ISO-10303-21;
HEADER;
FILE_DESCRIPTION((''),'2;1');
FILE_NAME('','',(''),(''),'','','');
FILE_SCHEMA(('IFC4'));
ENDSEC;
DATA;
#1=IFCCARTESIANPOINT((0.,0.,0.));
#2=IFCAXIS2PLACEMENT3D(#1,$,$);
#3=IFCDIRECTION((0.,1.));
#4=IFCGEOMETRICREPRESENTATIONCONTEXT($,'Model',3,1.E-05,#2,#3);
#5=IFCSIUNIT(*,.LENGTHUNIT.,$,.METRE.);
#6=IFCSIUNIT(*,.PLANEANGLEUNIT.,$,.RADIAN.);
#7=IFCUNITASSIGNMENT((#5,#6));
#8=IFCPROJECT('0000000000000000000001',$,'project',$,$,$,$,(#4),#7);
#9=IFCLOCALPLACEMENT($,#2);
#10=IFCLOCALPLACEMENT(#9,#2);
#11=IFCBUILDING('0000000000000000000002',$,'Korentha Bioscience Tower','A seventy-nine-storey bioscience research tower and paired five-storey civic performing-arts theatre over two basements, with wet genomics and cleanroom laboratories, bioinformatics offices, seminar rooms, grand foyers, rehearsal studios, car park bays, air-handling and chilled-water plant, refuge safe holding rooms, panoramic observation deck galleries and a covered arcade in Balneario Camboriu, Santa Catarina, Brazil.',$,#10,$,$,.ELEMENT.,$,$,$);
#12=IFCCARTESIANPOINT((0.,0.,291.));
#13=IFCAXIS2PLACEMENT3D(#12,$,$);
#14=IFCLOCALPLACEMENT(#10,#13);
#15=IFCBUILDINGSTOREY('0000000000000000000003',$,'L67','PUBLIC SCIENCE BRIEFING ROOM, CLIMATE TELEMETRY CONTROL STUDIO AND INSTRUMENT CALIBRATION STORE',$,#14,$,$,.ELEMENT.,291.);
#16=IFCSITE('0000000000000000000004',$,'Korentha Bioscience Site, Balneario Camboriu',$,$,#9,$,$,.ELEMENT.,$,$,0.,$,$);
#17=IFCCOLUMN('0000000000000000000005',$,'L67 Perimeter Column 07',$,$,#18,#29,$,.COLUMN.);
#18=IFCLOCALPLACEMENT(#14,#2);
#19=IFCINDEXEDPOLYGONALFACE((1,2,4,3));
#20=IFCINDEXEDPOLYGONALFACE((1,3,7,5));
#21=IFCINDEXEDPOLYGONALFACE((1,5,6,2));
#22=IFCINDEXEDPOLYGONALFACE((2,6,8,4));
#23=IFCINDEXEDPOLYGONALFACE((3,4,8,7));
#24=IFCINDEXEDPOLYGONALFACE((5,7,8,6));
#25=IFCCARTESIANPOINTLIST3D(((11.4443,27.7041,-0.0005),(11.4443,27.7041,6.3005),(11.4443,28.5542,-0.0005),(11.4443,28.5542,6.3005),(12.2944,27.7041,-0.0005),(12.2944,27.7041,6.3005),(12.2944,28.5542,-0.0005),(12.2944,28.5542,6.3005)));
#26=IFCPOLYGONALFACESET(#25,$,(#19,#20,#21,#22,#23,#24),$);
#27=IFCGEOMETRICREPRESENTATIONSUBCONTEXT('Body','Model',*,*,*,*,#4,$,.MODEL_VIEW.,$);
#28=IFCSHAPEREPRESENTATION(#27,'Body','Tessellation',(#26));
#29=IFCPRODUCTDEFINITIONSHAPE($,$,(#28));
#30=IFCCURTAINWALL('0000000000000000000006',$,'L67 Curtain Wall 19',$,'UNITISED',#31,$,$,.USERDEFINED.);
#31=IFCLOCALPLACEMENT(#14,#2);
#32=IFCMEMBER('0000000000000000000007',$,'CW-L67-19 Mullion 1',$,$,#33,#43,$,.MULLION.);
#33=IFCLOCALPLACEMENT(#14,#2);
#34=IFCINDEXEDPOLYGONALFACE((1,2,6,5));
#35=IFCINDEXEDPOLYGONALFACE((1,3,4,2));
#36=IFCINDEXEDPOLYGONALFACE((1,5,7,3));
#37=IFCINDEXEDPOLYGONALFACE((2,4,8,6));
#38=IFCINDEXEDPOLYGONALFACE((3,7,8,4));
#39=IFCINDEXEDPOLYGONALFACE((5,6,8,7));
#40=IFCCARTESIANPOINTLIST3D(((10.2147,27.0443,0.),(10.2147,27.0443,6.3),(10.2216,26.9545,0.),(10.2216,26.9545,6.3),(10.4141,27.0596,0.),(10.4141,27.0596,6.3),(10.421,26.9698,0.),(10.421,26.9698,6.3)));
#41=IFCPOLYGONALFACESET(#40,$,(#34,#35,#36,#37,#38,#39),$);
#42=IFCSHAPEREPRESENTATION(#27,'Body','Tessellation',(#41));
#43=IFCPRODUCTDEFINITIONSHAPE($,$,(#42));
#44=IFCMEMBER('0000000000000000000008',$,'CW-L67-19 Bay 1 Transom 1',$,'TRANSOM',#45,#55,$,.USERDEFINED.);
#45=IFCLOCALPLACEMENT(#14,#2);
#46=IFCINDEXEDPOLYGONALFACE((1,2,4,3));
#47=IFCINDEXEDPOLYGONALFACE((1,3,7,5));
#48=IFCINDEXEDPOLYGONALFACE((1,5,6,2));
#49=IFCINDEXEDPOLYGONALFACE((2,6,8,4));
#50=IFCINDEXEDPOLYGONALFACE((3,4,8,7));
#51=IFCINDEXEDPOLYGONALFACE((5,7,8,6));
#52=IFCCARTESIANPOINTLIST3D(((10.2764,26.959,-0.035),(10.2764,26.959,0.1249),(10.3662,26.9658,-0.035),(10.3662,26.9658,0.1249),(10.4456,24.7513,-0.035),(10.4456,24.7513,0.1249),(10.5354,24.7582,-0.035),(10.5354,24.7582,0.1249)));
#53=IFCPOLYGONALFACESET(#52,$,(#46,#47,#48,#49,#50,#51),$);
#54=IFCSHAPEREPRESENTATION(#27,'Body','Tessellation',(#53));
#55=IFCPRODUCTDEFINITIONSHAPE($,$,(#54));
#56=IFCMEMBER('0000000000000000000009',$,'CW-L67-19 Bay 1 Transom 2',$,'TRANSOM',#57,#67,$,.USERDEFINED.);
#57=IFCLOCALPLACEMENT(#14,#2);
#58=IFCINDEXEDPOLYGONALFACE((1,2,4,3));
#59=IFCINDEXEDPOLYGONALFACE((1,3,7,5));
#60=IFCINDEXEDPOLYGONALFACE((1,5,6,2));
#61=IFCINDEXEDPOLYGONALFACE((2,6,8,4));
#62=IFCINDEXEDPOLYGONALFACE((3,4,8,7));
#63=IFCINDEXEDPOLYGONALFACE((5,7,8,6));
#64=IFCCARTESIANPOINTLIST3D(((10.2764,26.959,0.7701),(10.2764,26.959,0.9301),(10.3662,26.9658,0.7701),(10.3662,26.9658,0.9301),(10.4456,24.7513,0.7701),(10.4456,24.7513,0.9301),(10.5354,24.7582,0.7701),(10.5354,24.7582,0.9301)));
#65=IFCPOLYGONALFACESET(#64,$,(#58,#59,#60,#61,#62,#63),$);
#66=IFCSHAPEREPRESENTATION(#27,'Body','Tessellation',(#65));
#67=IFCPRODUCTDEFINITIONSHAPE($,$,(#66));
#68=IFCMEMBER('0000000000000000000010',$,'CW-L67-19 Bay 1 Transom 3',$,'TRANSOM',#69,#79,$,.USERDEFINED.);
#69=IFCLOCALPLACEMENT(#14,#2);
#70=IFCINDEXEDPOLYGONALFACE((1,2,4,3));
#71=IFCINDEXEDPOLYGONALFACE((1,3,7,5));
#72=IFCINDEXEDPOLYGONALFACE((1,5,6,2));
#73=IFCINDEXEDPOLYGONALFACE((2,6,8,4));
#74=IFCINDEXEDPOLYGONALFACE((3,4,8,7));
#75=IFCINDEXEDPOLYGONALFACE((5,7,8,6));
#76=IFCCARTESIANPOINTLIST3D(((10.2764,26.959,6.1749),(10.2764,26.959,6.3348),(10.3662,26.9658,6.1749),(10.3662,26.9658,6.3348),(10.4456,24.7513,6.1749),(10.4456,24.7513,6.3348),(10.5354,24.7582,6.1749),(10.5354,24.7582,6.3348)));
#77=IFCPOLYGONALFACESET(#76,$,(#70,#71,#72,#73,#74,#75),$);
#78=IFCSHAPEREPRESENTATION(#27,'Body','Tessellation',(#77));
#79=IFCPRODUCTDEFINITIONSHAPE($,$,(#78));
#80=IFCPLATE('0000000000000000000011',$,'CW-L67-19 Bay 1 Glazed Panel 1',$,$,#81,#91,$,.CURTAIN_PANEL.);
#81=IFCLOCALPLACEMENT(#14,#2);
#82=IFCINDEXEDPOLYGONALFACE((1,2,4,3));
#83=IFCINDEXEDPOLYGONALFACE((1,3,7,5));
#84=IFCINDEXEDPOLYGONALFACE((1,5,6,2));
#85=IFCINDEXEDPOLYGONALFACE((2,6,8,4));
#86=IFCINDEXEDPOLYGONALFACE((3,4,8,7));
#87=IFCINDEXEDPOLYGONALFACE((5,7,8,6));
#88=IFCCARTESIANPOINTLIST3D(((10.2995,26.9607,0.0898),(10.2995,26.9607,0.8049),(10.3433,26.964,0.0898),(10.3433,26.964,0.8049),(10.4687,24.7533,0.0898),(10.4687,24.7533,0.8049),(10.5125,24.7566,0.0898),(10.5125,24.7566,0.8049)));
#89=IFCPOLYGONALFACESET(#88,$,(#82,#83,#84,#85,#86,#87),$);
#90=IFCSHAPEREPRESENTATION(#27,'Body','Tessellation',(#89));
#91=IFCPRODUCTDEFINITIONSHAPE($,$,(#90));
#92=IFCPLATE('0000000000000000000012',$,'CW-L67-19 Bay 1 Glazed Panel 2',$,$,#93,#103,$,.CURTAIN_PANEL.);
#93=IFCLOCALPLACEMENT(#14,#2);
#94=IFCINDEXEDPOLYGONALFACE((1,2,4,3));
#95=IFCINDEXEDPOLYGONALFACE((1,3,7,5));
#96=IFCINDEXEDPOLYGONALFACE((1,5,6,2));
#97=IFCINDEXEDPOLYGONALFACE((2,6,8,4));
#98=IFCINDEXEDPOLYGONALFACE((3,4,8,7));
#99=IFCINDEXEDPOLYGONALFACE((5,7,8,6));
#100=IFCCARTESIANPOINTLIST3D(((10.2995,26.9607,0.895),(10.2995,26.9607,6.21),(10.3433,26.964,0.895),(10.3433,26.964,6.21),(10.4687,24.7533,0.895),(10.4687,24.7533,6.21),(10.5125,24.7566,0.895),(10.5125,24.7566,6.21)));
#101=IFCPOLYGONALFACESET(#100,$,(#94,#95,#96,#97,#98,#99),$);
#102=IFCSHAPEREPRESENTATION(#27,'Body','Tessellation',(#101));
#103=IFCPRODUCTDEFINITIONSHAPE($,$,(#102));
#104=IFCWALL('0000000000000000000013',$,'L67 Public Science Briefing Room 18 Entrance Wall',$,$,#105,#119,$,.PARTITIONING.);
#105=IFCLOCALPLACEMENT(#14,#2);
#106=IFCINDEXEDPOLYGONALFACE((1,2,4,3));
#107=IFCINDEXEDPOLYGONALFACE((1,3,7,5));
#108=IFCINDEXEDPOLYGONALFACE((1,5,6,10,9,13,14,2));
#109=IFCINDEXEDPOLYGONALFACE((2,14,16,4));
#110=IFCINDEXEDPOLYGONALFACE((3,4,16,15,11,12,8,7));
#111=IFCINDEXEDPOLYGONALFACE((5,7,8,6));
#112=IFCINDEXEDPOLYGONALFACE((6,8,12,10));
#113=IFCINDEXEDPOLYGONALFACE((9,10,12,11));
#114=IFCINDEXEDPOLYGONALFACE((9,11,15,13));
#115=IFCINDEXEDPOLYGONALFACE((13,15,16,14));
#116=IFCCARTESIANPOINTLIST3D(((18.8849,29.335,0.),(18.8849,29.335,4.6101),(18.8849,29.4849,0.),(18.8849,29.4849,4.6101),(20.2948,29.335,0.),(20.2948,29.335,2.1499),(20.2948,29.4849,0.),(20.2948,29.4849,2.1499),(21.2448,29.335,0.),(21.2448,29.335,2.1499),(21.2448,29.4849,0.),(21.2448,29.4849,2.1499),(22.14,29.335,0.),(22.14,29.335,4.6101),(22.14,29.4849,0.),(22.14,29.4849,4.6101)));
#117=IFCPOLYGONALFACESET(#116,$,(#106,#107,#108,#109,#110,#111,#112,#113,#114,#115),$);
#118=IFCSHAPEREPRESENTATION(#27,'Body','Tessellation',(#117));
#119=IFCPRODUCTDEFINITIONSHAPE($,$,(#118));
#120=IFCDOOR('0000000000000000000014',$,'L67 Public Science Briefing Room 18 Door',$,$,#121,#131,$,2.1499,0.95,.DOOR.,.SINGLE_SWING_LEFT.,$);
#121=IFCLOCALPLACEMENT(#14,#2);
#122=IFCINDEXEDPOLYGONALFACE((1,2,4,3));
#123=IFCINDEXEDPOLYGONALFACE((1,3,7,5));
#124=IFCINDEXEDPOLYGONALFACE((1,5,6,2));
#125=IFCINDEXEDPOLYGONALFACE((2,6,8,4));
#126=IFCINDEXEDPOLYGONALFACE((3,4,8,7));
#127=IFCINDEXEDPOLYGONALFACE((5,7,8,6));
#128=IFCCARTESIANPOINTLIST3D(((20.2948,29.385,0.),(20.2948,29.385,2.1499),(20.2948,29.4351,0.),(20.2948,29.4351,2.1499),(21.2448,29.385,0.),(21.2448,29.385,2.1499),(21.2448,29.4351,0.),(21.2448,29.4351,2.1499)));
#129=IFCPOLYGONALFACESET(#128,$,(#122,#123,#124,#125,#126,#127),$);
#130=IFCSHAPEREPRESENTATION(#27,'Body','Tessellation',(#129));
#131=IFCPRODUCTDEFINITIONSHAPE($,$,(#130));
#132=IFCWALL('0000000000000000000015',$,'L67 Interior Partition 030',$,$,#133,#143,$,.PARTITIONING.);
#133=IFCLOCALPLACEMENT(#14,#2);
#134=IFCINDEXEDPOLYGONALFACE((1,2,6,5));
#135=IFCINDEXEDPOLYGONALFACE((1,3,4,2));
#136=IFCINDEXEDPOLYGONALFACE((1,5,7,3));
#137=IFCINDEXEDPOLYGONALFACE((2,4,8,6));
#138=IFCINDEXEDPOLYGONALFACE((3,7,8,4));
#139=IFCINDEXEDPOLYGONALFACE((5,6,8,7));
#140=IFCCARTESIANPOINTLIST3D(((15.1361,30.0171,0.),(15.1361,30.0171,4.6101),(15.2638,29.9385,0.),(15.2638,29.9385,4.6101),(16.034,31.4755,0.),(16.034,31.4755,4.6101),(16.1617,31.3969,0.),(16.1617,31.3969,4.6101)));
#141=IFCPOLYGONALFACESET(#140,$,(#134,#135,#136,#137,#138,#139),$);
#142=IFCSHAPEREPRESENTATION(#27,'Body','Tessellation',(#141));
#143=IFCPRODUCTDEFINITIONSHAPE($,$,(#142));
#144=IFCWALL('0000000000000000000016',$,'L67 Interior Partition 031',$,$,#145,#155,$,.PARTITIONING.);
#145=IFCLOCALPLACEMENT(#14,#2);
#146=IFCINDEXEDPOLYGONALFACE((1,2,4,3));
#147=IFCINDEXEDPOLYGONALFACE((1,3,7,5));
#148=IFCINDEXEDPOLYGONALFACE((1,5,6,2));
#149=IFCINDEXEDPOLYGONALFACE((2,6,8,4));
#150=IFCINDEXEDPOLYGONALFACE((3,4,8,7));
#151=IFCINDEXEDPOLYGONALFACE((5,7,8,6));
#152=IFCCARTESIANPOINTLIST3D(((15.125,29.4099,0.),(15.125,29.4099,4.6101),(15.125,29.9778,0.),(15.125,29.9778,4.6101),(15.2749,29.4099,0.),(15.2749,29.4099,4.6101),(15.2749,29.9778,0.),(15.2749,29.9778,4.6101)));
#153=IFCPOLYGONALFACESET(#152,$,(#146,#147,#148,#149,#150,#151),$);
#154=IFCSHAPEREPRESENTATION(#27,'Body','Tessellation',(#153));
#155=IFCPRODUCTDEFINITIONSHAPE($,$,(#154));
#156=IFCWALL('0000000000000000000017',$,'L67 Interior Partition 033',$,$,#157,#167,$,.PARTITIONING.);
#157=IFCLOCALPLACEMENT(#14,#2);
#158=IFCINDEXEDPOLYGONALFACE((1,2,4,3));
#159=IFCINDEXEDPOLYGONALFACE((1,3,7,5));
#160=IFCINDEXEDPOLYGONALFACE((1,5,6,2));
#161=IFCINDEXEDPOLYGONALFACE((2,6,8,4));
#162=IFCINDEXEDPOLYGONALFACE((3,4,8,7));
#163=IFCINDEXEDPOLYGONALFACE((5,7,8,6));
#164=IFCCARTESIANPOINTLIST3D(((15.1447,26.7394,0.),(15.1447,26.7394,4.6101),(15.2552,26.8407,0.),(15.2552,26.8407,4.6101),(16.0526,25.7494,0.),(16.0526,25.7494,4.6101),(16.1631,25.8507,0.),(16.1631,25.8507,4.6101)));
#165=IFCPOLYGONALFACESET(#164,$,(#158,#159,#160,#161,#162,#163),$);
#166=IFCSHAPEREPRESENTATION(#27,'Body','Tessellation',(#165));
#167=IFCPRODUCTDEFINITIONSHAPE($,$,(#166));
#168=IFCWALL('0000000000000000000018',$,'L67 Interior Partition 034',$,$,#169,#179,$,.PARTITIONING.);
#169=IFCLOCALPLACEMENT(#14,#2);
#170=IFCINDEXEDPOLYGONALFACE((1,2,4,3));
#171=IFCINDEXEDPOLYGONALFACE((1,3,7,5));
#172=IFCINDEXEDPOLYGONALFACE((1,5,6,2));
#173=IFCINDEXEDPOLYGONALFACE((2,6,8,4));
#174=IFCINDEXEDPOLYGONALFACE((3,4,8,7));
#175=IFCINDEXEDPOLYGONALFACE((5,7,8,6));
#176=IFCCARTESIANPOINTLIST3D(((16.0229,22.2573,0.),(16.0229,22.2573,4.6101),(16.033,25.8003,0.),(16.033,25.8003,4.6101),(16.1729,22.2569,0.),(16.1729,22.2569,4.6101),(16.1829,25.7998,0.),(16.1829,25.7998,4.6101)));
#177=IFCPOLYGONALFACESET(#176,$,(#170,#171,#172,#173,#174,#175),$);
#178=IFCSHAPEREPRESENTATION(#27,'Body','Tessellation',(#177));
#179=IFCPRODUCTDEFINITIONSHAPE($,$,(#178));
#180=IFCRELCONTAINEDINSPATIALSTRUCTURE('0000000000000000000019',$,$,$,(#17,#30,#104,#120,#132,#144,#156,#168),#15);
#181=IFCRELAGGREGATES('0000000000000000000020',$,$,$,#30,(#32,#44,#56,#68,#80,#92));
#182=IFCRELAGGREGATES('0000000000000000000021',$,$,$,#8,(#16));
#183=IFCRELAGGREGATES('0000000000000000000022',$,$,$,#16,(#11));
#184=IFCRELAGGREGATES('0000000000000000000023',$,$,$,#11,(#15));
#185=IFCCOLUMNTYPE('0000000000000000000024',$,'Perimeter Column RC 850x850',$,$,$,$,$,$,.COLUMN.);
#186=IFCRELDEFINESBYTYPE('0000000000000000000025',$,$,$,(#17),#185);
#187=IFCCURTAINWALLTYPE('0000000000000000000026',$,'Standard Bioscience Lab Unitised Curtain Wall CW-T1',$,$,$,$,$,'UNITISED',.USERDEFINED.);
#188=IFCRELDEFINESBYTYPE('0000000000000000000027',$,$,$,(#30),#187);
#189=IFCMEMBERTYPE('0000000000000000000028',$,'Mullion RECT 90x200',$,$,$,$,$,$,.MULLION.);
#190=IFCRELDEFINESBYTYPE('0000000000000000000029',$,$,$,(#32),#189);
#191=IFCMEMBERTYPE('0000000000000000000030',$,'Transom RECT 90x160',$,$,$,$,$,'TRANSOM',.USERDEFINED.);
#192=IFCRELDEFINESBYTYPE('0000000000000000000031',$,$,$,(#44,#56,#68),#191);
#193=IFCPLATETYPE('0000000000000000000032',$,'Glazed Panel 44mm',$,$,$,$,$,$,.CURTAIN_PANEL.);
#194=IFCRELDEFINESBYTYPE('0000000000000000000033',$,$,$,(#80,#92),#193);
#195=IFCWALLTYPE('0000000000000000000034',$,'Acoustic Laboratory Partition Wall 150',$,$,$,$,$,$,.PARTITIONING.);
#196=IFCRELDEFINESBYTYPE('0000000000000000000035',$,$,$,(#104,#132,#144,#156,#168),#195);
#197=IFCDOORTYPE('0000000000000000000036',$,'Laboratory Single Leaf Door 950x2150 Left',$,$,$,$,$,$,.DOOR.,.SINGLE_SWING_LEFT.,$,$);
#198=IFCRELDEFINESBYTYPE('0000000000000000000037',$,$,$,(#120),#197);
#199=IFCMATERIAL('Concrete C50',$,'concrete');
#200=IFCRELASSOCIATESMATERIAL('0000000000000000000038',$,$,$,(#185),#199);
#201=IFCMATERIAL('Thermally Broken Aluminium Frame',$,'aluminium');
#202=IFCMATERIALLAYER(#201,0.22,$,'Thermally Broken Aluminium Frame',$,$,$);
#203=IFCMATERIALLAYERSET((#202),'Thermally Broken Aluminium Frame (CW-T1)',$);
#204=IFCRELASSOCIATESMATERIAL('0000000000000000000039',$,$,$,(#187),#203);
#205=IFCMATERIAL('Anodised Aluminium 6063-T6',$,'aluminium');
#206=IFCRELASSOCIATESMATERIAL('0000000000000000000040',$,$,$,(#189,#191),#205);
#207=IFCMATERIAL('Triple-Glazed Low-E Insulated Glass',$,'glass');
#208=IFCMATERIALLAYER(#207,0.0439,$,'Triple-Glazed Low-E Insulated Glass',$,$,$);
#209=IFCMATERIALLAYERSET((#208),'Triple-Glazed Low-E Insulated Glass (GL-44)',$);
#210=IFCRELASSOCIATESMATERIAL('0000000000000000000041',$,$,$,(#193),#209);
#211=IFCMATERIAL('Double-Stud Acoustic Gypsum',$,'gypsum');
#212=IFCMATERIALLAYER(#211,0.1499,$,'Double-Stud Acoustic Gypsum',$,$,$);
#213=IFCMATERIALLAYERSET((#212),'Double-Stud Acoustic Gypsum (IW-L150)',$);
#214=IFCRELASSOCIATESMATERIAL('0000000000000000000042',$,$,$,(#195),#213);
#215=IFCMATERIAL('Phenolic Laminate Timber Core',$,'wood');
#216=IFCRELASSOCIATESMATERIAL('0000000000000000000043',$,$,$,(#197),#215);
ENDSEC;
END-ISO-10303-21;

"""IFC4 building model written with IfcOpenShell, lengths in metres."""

from ifc_helpers import new_model, si_unit, direction, frame, frame_2d, origin, origin_2d, place, context, subcontext, project, spatial, rectangle, extrude, material, layer, layer_set, material_profile, profile_set, type_object, element, fill, aggregate, save


model = new_model("IFC4")

# Units and contexts
model_context = context("Model", 3, precision=1e-05, world=origin(), true_north=direction((0.0, 1.0)))
body_context = subcontext(model_context, "Body", "Model", "MODEL_VIEW")
ifc_project = project(units=[si_unit("LENGTHUNIT", "METRE"), si_unit("PLANEANGLEUNIT", "RADIAN")], contexts=[model_context])

# Site, building, storey
site_placement = place(None, origin())
site = spatial("IfcSite", under=ifc_project, at=site_placement, Name="Korentha Bioscience Site, Balneario Camboriu", CompositionType="ELEMENT", RefElevation=0.0)
building_placement = place(site_placement, origin())
building = spatial("IfcBuilding", under=site, at=building_placement, Name="Korentha Bioscience Tower", Description="A seventy-nine-storey bioscience research tower and paired five-storey civic performing-arts theatre over two basements, with wet genomics and cleanroom laboratories, bioinformatics offices, seminar rooms, grand foyers, rehearsal studios, car park bays, air-handling and chilled-water plant, refuge safe holding rooms, panoramic observation deck galleries and a covered arcade in Balneario Camboriu, Santa Catarina, Brazil.", CompositionType="ELEMENT")
storey_placement = place(building_placement, frame((0.0, 0.0, 291.0)))
storey = spatial("IfcBuildingStorey", under=building, at=storey_placement, Name="L67", Description="PUBLIC SCIENCE BRIEFING ROOM, CLIMATE TELEMETRY CONTROL STUDIO AND INSTRUMENT CALIBRATION STORE", CompositionType="ELEMENT", Elevation=291.0)

# Column
ifc_material_1 = material(Name="Concrete C50", Category="concrete")
ifc_material_profile_1 = material_profile(ifc_material_1, rectangle(XDim=0.8501, YDim=0.8501, at=origin_2d()), Name="Concrete C50")
ifc_profile_set_1 = profile_set([ifc_material_profile_1], Name="Concrete C50 (COL-P08)")
column_type = type_object("IfcColumnType", Name="Perimeter Column RC 850x850", PredefinedType="COLUMN", material=ifc_profile_set_1)
column_placement = place(storey_placement, frame((11.8694, 28.1292, -0.0005), z_axis=(0.0, 0.0, 1.0), x_axis=(0.0, 1.0, 0.0)))
element("IfcColumn", 1, at=column_placement, inside=storey, type_object=column_type, Name="L67 Perimeter Column 07", PredefinedType="COLUMN", context=body_context, shape_type="SweptSolid", body=[
    extrude(rectangle(XDim=0.8501, YDim=0.8501, at=origin_2d()), origin(), (0.0, 0.0, 1.0), 6.301),
])

# Curtain wall, members, plates
ifc_material_2 = material(Name="Thermally Broken Aluminium Frame", Category="aluminium")
ifc_layer_1 = layer(ifc_material_2, 0.22, Name="Thermally Broken Aluminium Frame")
ifc_layer_set_1 = layer_set([ifc_layer_1], Name="Thermally Broken Aluminium Frame (CW-T1)")
curtain_wall_type = type_object("IfcCurtainWallType", Name="Standard Bioscience Lab Unitised Curtain Wall CW-T1", ElementType="UNITISED", PredefinedType="USERDEFINED", material=ifc_layer_set_1)
curtain_wall_placement = place(storey_placement, origin())
curtain_wall = element("IfcCurtainWall", 2, at=curtain_wall_placement, inside=storey, type_object=curtain_wall_type, Name="L67 Curtain Wall 19", ObjectType="UNITISED", PredefinedType="USERDEFINED")
ifc_material_3 = material(Name="Anodised Aluminium 6063-T6", Category="aluminium")
ifc_material_profile_2 = material_profile(ifc_material_3, rectangle(XDim=0.0901, YDim=0.2, at=origin_2d()), Name="Anodised Aluminium 6063-T6")
ifc_profile_set_2 = profile_set([ifc_material_profile_2], Name="Anodised Aluminium 6063-T6 (CW-MUL)")
member_type_1 = type_object("IfcMemberType", Name="Mullion RECT 90x200", PredefinedType="MULLION", material=ifc_profile_set_2)
member_1_placement = place(storey_placement, frame((10.3179, 27.0071, 0.0), z_axis=(0.0, 0.0, 1.0), x_axis=(0.076447, -0.997074, 0.0)))
member_1 = element("IfcMember", 3, at=member_1_placement, type_object=member_type_1, Name="CW-L67-19 Mullion 1", PredefinedType="MULLION", context=body_context, shape_type="SweptSolid", body=[
    extrude(rectangle(XDim=0.0901, YDim=0.2, at=origin_2d()), origin(), (0.0, 0.0, 1.0), 6.3),
])
ifc_material_profile_3 = material_profile(ifc_material_3, rectangle(XDim=0.0901, YDim=0.1599, at=origin_2d()), Name="Anodised Aluminium 6063-T6")
ifc_profile_set_3 = profile_set([ifc_material_profile_3], Name="Anodised Aluminium 6063-T6 (CW-TRN)")
member_type_2 = type_object("IfcMemberType", Name="Transom RECT 90x160", ElementType="TRANSOM", PredefinedType="USERDEFINED", material=ifc_profile_set_3)
member_2_placement = place(storey_placement, frame((10.3213, 26.9624, 0.0449), z_axis=(0.076418, -0.997076, 0.0), x_axis=(0.997076, 0.076418, 0.0)))
member_2 = element("IfcMember", 4, at=member_2_placement, type_object=member_type_2, Name="CW-L67-19 Bay 1 Transom 1", ObjectType="TRANSOM", PredefinedType="USERDEFINED", context=body_context, shape_type="SweptSolid", body=[
    extrude(rectangle(XDim=0.0901, YDim=0.1599, at=origin_2d()), origin(), (0.0, 0.0, 1.0), 2.2141),
])
member_3_placement = place(storey_placement, frame((10.3213, 26.9624, 0.8501), z_axis=(0.076418, -0.997076, 0.0), x_axis=(0.997076, 0.076418, 0.0)))
member_3 = element("IfcMember", 5, at=member_3_placement, type_object=member_type_2, Name="CW-L67-19 Bay 1 Transom 2", ObjectType="TRANSOM", PredefinedType="USERDEFINED", context=body_context, shape_type="SweptSolid", body=[
    extrude(rectangle(XDim=0.0901, YDim=0.1599, at=origin_2d()), origin(), (0.0, 0.0, 1.0), 2.2141),
])
member_4_placement = place(storey_placement, frame((10.3213, 26.9624, 6.2549), z_axis=(0.076418, -0.997076, 0.0), x_axis=(0.997076, 0.076418, 0.0)))
member_4 = element("IfcMember", 6, at=member_4_placement, type_object=member_type_2, Name="CW-L67-19 Bay 1 Transom 3", ObjectType="TRANSOM", PredefinedType="USERDEFINED", context=body_context, shape_type="SweptSolid", body=[
    extrude(rectangle(XDim=0.0901, YDim=0.1599, at=origin_2d()), origin(), (0.0, 0.0, 1.0), 2.2141),
])
ifc_material_4 = material(Name="Triple-Glazed Low-E Insulated Glass", Category="glass")
ifc_layer_2 = layer(ifc_material_4, 0.0439, Name="Triple-Glazed Low-E Insulated Glass")
ifc_layer_set_2 = layer_set([ifc_layer_2], Name="Triple-Glazed Low-E Insulated Glass (GL-44)")
plate_type = type_object("IfcPlateType", Name="Glazed Panel 44mm", PredefinedType="CURTAIN_PANEL", material=ifc_layer_set_2)
plate_1_placement = place(storey_placement, frame((10.406, 25.8586, 0.0898), z_axis=(0.0, 0.0, 1.0), x_axis=(0.076447, -0.997074, 0.0)))
plate_1 = element("IfcPlate", 7, at=plate_1_placement, type_object=plate_type, Name="CW-L67-19 Bay 1 Glazed Panel 1", PredefinedType="CURTAIN_PANEL", context=body_context, shape_type="SweptSolid", body=[
    extrude(rectangle(XDim=2.2139, YDim=0.0439, at=origin_2d()), origin(), (0.0, 0.0, 1.0), 0.7151),
])
plate_2_placement = place(storey_placement, frame((10.406, 25.8586, 0.895), z_axis=(0.0, 0.0, 1.0), x_axis=(0.076447, -0.997074, 0.0)))
plate_2 = element("IfcPlate", 8, at=plate_2_placement, type_object=plate_type, Name="CW-L67-19 Bay 1 Glazed Panel 2", PredefinedType="CURTAIN_PANEL", context=body_context, shape_type="SweptSolid", body=[
    extrude(rectangle(XDim=2.2139, YDim=0.0439, at=origin_2d()), origin(), (0.0, 0.0, 1.0), 5.3149),
])
aggregate(curtain_wall, [member_1, member_2, member_3, member_4, plate_1, plate_2])

# Wall, opening, door
ifc_material_5 = material(Name="Double-Stud Acoustic Gypsum", Category="gypsum")
ifc_layer_3 = layer(ifc_material_5, 0.1499, Name="Double-Stud Acoustic Gypsum")
ifc_layer_set_3 = layer_set([ifc_layer_3], Name="Double-Stud Acoustic Gypsum (IW-L150)")
wall_type_1 = type_object("IfcWallType", Name="Acoustic Laboratory Partition Wall 150", PredefinedType="PARTITIONING", material=ifc_layer_set_3)
ifc_material_6 = material(Name="Phenolic Laminate Timber Core", Category="wood")
wall_1_placement = place(storey_placement, frame((22.1399, 29.4099, 0.0), z_axis=(0.0, 0.0, 1.0), x_axis=(-1.0, 0.0, 0.0)))
wall_1 = element("IfcWall", 9, at=wall_1_placement, inside=storey, type_object=wall_type_1, Name="L67 Public Science Briefing Room 18 Entrance Wall", PredefinedType="PARTITIONING", context=body_context, shape_type="SweptSolid", body=[
    extrude(rectangle(XDim=3.2551, YDim=0.1499, at=frame_2d((1.6274, 0.0))), origin(), (0.0, 0.0, 1.0), 4.6101),
])
opening_1_placement = place(wall_1_placement, frame((0.895, 0.0, 0.0)))
opening_1 = element("IfcOpeningElement", 10, at=opening_1_placement, cuts=wall_1, PredefinedType="OPENING", context=body_context, shape_type="SweptSolid", body=[
    extrude(rectangle(XDim=0.95, YDim=2.1499, at=frame_2d((0.4751, 1.075))), frame((0.0, 0.0898, 0.0), z_axis=(0.0, -1.0, 0.0), x_axis=(1.0, 0.0, 0.0)), (0.0, 0.0, 1.0), 0.1797),
])
door_type_1 = type_object("IfcDoorType", Name="Laboratory Single Leaf Door 950x2150 Left", OperationType="SINGLE_SWING_LEFT", PredefinedType="DOOR", material=ifc_material_6)
door_1_placement = place(opening_1_placement, origin())
door_1 = element("IfcDoor", 11, at=door_1_placement, inside=storey, type_object=door_type_1, Name="L67 Public Science Briefing Room 18 Door", OperationType="SINGLE_SWING_LEFT", OverallHeight=2.1499, OverallWidth=0.95, PredefinedType="DOOR", context=body_context, shape_type="SweptSolid", body=[
    extrude(rectangle(XDim=0.95, YDim=2.1499, at=frame_2d((0.4751, 1.075))), frame((0.0, 0.0249, 0.0), z_axis=(0.0, -1.0, 0.0), x_axis=(1.0, 0.0, 0.0)), (0.0, 0.0, 1.0), 0.05),
])
fill(opening_1, door_1)

# Walls
wall_2_placement = place(storey_placement, frame((16.0979, 31.4363, 0.0), z_axis=(0.0, 0.0, 1.0), x_axis=(-0.524272, -0.851551, 0.0)))
element("IfcWall", 12, at=wall_2_placement, inside=storey, type_object=wall_type_1, Name="L67 Interior Partition 030", PredefinedType="PARTITIONING", context=body_context, shape_type="SweptSolid", body=[
    extrude(rectangle(XDim=1.7126, YDim=0.1499, at=frame_2d((0.8564, 0.0))), origin(), (0.0, 0.0, 1.0), 4.6101),
])
wall_3_placement = place(storey_placement, frame((15.2, 29.9778, 0.0), z_axis=(0.0, 0.0, 1.0), x_axis=(0.0, -1.0, 0.0)))
element("IfcWall", 13, at=wall_3_placement, inside=storey, type_object=wall_type_1, Name="L67 Interior Partition 031", PredefinedType="PARTITIONING", context=body_context, shape_type="SweptSolid", body=[
    extrude(rectangle(XDim=0.5679, YDim=0.1499, at=frame_2d((0.2839, 0.0))), origin(), (0.0, 0.0, 1.0), 4.6101),
])
wall_4_placement = place(storey_placement, frame((15.2, 26.79, 0.0), z_axis=(0.0, 0.0, 1.0), x_axis=(0.675914, -0.736981, 0.0)))
element("IfcWall", 14, at=wall_4_placement, inside=storey, type_object=wall_type_1, Name="L67 Interior Partition 033", PredefinedType="PARTITIONING", context=body_context, shape_type="SweptSolid", body=[
    extrude(rectangle(XDim=1.3433, YDim=0.1499, at=frame_2d((0.6716, 0.0))), origin(), (0.0, 0.0, 1.0), 4.6101),
])
wall_5_placement = place(storey_placement, frame((16.1079, 25.8, 0.0), z_axis=(0.0, 0.0, 1.0), x_axis=(-0.002825, -0.999996, 0.0)))
element("IfcWall", 15, at=wall_5_placement, inside=storey, type_object=wall_type_1, Name="L67 Interior Partition 034", PredefinedType="PARTITIONING", context=body_context, shape_type="SweptSolid", body=[
    extrude(rectangle(XDim=3.543, YDim=0.1499, at=frame_2d((1.7715, 0.0))), origin(), (0.0, 0.0, 1.0), 4.6101),
])

save(model, "model.ifc")
